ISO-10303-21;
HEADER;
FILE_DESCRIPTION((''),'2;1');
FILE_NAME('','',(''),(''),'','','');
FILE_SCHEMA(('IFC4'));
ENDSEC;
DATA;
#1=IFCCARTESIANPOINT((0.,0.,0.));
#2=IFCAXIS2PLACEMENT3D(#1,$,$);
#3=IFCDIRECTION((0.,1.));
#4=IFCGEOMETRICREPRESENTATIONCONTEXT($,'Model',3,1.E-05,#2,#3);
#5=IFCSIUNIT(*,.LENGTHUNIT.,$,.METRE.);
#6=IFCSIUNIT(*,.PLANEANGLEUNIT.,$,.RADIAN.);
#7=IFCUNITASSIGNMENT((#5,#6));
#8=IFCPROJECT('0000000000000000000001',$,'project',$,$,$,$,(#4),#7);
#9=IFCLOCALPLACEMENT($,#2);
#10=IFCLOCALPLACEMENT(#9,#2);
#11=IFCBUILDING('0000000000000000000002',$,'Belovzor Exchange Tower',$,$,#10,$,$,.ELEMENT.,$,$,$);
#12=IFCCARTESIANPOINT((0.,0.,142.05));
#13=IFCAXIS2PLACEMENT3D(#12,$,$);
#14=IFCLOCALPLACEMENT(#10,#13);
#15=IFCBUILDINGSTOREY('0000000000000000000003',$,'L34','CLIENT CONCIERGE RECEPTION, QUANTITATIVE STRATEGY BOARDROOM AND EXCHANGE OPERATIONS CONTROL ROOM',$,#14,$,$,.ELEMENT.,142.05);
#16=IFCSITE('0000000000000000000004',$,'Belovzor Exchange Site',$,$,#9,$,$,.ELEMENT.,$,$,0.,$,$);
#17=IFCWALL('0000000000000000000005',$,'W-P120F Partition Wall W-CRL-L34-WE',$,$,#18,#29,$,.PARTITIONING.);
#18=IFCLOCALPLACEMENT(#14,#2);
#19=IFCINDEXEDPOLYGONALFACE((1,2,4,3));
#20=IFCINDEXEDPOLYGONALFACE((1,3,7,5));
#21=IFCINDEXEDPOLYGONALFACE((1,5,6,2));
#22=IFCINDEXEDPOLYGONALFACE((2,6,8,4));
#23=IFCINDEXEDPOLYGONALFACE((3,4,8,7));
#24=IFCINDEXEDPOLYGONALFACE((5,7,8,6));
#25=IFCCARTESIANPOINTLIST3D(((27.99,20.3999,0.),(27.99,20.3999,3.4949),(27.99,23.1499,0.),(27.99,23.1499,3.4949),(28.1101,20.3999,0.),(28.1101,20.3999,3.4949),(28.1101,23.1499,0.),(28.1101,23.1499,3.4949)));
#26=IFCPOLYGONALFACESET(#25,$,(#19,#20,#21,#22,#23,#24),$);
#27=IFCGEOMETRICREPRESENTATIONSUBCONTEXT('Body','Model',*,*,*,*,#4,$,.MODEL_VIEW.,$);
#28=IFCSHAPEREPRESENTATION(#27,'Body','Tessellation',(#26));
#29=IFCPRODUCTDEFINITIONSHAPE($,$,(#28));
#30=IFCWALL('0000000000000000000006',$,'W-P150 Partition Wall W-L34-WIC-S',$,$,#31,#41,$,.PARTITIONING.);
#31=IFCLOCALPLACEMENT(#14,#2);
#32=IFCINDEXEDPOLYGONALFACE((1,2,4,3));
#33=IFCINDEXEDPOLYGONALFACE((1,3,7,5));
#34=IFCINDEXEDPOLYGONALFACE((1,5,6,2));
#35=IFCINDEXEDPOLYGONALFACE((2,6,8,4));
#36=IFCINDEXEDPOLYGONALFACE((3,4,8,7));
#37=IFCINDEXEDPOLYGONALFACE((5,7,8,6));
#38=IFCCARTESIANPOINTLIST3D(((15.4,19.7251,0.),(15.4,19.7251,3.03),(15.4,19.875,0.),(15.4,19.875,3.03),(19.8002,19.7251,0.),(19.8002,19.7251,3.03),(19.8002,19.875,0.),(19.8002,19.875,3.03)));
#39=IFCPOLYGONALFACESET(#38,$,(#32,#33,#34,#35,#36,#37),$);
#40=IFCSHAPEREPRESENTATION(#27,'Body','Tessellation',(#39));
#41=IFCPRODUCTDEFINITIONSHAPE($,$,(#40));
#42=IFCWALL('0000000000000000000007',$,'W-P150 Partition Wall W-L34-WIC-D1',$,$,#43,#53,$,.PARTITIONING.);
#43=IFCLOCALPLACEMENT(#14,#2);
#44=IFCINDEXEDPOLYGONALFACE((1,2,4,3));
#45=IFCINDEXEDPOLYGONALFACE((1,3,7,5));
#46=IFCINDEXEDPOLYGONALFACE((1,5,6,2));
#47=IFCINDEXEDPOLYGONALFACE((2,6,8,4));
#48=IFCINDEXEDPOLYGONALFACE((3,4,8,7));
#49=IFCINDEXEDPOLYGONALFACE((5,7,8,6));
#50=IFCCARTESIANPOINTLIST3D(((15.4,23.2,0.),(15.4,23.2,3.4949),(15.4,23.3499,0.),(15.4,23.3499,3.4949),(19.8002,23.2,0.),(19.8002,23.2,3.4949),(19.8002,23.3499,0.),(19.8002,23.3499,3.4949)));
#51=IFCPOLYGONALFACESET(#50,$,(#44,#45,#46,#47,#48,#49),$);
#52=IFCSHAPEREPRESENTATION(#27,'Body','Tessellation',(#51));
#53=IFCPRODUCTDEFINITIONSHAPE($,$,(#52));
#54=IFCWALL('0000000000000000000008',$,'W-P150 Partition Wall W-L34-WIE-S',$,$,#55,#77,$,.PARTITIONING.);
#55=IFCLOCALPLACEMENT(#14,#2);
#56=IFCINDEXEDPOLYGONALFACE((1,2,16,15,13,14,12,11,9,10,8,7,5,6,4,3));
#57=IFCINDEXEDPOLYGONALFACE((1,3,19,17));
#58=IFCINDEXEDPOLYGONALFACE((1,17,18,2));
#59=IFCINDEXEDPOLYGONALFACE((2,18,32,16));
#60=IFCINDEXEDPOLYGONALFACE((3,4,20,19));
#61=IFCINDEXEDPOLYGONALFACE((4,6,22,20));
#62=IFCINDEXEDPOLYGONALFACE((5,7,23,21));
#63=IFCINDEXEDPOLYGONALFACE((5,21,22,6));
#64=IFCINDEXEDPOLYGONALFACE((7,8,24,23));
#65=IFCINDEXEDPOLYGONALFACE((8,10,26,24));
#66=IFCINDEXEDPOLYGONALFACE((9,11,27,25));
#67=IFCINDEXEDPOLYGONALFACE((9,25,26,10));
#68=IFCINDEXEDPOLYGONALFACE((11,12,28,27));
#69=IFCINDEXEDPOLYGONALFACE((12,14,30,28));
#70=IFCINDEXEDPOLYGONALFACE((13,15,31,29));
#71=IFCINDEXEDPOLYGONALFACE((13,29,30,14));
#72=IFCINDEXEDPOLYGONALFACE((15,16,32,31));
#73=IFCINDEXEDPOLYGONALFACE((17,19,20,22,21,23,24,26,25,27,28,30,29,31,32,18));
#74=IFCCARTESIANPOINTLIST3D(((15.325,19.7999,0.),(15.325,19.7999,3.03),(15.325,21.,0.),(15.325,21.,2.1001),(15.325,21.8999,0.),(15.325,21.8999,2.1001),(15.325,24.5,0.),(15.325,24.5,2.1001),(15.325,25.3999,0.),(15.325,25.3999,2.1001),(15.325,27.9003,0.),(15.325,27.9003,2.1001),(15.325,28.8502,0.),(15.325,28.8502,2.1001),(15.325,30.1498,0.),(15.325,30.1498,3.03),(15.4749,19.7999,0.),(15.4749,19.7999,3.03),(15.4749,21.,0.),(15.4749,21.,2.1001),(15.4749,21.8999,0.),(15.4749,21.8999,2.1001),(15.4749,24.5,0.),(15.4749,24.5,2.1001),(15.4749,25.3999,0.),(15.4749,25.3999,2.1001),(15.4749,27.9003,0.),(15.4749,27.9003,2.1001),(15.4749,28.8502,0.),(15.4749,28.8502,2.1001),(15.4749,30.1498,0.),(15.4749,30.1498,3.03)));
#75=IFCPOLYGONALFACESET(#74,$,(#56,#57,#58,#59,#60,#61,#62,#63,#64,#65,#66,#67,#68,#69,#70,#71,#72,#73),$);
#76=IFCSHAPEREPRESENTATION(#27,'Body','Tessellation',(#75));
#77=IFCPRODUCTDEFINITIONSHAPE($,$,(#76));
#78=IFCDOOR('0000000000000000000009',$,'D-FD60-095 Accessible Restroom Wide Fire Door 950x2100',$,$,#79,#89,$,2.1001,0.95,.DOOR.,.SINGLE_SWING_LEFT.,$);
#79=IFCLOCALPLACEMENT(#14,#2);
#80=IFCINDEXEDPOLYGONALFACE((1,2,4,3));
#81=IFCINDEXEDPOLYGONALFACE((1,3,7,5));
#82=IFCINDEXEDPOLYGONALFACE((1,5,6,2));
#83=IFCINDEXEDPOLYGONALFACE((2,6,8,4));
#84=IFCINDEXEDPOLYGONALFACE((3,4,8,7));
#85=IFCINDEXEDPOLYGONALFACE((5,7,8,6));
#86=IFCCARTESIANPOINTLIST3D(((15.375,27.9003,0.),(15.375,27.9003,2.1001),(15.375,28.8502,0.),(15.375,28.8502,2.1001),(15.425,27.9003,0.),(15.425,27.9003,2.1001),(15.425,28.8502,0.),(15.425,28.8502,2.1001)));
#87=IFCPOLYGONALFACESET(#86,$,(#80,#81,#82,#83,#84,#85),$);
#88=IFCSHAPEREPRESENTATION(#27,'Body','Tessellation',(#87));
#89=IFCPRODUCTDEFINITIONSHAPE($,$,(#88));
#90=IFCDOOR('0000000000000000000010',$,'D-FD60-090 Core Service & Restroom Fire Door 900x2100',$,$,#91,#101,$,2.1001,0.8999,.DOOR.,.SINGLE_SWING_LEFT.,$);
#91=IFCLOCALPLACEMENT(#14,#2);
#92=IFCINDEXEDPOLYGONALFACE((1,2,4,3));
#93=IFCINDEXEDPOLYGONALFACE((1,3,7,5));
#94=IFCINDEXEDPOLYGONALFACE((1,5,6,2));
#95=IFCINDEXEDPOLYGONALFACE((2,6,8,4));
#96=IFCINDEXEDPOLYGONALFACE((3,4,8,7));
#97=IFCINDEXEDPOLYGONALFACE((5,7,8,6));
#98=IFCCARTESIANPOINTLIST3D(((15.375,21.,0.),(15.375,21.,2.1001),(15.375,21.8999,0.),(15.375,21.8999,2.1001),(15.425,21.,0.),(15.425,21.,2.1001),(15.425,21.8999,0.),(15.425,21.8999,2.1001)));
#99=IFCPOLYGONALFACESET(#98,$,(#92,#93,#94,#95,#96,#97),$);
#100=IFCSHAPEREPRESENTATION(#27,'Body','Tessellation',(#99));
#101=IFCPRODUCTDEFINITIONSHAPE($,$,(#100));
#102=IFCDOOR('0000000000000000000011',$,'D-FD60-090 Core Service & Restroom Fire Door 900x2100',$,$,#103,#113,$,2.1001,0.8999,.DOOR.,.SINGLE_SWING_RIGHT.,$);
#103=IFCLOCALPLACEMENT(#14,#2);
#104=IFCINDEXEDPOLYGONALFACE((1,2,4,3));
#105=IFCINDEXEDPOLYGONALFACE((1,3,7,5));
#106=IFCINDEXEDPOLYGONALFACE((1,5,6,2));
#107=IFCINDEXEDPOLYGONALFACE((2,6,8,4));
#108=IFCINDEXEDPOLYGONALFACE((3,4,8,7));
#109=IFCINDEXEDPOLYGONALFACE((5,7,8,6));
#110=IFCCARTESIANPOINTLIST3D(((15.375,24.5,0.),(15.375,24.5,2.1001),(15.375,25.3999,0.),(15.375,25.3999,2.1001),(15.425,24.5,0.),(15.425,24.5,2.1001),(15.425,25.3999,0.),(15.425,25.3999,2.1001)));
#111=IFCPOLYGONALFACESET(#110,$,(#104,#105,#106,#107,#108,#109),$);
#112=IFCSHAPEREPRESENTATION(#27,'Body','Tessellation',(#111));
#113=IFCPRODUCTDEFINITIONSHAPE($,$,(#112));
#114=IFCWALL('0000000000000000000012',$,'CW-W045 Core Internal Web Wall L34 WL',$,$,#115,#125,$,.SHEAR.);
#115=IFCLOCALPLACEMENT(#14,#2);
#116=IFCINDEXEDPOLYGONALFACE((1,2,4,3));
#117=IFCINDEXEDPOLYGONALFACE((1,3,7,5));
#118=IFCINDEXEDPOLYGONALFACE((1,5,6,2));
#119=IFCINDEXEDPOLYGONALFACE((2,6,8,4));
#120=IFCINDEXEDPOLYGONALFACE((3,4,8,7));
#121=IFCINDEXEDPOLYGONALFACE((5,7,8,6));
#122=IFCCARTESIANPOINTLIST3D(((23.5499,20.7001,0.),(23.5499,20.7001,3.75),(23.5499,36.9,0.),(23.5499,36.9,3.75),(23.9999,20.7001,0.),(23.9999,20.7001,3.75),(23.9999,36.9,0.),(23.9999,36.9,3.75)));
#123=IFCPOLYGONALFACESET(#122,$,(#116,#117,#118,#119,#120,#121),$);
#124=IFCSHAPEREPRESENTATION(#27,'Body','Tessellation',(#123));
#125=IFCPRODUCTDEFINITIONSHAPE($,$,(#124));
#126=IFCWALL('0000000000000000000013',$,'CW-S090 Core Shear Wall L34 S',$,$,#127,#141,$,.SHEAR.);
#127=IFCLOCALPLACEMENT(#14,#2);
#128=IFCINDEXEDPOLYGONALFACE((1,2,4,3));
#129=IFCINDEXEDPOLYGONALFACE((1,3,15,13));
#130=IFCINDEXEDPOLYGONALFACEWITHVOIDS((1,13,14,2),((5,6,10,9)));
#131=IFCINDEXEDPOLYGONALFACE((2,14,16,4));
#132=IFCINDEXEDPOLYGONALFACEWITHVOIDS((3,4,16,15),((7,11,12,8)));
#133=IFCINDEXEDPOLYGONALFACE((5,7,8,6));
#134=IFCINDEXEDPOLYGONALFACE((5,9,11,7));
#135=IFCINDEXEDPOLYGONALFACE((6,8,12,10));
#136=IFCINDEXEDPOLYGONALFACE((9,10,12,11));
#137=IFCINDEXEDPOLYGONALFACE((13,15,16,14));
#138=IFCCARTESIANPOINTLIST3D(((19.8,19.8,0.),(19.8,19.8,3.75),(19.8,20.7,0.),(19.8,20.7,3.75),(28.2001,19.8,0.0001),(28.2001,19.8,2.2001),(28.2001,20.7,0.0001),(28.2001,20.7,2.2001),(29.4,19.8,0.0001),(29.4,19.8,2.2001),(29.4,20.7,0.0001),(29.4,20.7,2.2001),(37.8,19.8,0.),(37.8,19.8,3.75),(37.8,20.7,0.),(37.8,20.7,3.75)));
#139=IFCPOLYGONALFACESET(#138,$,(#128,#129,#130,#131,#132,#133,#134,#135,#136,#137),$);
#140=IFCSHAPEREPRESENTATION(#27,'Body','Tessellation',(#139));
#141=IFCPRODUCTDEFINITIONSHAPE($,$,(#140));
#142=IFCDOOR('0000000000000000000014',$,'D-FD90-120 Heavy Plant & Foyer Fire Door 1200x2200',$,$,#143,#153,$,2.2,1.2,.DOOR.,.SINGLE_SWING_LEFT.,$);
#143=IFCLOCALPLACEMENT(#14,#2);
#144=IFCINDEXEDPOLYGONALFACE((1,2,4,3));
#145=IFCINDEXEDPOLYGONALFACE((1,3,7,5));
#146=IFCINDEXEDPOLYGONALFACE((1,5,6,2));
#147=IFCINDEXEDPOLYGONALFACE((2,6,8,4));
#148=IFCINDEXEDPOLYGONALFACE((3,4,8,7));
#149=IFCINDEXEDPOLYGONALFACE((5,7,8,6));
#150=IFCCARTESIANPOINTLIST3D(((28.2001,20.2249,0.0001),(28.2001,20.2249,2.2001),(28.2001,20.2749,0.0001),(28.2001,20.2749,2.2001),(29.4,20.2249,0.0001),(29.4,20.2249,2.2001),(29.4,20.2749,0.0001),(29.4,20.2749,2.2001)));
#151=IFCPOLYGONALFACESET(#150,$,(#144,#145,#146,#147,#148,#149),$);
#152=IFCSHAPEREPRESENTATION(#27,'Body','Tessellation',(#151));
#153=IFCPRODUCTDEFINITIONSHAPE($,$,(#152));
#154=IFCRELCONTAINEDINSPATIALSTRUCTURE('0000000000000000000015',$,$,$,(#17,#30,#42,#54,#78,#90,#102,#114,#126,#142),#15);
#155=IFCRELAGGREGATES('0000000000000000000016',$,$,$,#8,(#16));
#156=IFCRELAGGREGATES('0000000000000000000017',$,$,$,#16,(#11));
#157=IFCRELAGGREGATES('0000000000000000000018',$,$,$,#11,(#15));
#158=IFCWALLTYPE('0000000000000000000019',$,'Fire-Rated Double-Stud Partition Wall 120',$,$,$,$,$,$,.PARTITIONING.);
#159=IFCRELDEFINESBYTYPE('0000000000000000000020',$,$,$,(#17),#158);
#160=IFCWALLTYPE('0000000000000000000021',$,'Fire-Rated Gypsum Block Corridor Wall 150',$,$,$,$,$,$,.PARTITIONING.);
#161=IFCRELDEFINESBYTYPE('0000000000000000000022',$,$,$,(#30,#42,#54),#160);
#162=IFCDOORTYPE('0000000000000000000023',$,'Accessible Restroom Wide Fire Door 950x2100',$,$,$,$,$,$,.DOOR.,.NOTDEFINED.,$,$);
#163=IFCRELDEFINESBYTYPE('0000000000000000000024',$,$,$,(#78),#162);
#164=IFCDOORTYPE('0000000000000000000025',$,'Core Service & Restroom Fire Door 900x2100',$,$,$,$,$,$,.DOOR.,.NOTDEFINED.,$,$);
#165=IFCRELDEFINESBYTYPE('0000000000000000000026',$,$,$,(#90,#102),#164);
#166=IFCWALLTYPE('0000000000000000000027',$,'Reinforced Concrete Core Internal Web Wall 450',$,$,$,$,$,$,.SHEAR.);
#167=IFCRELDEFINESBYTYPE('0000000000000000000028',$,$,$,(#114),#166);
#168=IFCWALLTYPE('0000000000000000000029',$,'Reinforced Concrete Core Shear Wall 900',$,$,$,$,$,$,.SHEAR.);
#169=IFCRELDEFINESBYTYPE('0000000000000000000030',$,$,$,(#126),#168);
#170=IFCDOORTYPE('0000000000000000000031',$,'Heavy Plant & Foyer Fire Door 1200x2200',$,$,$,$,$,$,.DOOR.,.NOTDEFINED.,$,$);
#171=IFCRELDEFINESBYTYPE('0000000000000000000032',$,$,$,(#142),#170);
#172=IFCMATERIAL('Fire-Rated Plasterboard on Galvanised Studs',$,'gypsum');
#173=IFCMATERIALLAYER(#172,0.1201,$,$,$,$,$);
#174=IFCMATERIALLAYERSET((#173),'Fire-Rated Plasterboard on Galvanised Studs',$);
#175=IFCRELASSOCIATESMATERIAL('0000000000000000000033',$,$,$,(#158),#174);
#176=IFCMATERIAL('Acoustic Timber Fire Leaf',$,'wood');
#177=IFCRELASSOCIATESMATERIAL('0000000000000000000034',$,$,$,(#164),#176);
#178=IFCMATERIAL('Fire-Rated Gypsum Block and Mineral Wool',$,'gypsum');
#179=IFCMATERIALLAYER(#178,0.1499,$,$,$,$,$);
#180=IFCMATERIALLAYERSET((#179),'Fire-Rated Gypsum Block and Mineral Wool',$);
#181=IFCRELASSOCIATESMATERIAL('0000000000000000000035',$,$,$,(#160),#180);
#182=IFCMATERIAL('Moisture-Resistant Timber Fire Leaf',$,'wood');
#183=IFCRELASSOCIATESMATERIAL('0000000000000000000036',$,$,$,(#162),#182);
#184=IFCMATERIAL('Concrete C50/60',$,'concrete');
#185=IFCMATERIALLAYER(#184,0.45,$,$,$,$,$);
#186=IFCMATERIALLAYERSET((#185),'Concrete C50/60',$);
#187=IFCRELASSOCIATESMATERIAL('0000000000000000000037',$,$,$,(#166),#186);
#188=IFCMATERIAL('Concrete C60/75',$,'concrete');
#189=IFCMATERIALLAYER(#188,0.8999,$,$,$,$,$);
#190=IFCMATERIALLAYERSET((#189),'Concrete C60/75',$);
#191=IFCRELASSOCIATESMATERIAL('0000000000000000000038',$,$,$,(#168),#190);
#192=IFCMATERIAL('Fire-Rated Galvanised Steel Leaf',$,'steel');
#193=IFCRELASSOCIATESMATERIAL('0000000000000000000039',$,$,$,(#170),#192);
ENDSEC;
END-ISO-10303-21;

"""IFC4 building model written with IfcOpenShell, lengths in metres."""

from ifc_helpers import new_model, si_unit, direction, frame, frame_2d, origin, place, context, subcontext, project, spatial, rectangle, extrude, material, layer, layer_set, type_object, element, fill, save


model = new_model("IFC4")

# Units and contexts
model_context = context("Model", 3, precision=1e-05, world=origin(), true_north=direction((0.0, 1.0)))
body_context = subcontext(model_context, "Body", "Model", "MODEL_VIEW")
ifc_project = project(units=[si_unit("LENGTHUNIT", "METRE"), si_unit("PLANEANGLEUNIT", "RADIAN")], contexts=[model_context])

# Site, building, storey
site_placement = place(None, origin())
site = spatial("IfcSite", under=ifc_project, at=site_placement, Name="Belovzor Exchange Site", CompositionType="ELEMENT", RefElevation=0.0)
building_placement = place(site_placement, origin())
building = spatial("IfcBuilding", under=site, at=building_placement, Name="Belovzor Exchange Tower", CompositionType="ELEMENT")
storey_placement = place(building_placement, frame((0.0, 0.0, 142.05)))
storey = spatial("IfcBuildingStorey", under=building, at=storey_placement, Name="L34", Description="CLIENT CONCIERGE RECEPTION, QUANTITATIVE STRATEGY BOARDROOM AND EXCHANGE OPERATIONS CONTROL ROOM", CompositionType="ELEMENT", Elevation=142.05)

# Shared definitions
ifc_material_1 = material(Name="Fire-Rated Plasterboard on Galvanised Studs", Category="gypsum")
ifc_layer_1 = layer(ifc_material_1, 0.1201)
ifc_layer_set_1 = layer_set([ifc_layer_1], Name="Fire-Rated Plasterboard on Galvanised Studs")
wall_type_1 = type_object("IfcWallType", Name="Fire-Rated Double-Stud Partition Wall 120", PredefinedType="PARTITIONING", material=ifc_layer_set_1)
ifc_material_2 = material(Name="Acoustic Timber Fire Leaf", Category="wood")
door_type_1 = type_object("IfcDoorType", Name="Core Service & Restroom Fire Door 900x2100", OperationType="NOTDEFINED", PredefinedType="DOOR", material=ifc_material_2)

# Walls
wall_1_placement = place(storey_placement, frame((28.05, 20.3999, 0.0), z_axis=(0.0, 0.0, 1.0), x_axis=(0.0, 1.0, 0.0)))
element("IfcWall", 1, at=wall_1_placement, inside=storey, type_object=wall_type_1, Name="W-P120F Partition Wall W-CRL-L34-WE", PredefinedType="PARTITIONING", context=body_context, shape_type="SweptSolid", body=[
    extrude(rectangle(XDim=2.75, YDim=0.1201, at=frame_2d((1.375, 0.0))), origin(), (0.0, 0.0, 1.0), 3.4949),
])
ifc_material_3 = material(Name="Fire-Rated Gypsum Block and Mineral Wool", Category="gypsum")
ifc_layer_2 = layer(ifc_material_3, 0.1499)
ifc_layer_set_2 = layer_set([ifc_layer_2], Name="Fire-Rated Gypsum Block and Mineral Wool")
wall_type_2 = type_object("IfcWallType", Name="Fire-Rated Gypsum Block Corridor Wall 150", PredefinedType="PARTITIONING", material=ifc_layer_set_2)
wall_2_placement = place(storey_placement, frame((15.3999, 19.8, 0.0), z_axis=(0.0, 0.0, 1.0), x_axis=(1.0, 0.0, 0.0)))
element("IfcWall", 2, at=wall_2_placement, inside=storey, type_object=wall_type_2, Name="W-P150 Partition Wall W-L34-WIC-S", PredefinedType="PARTITIONING", context=body_context, shape_type="SweptSolid", body=[
    extrude(rectangle(XDim=4.4001, YDim=0.1499, at=frame_2d((2.2002, 0.0))), origin(), (0.0, 0.0, 1.0), 3.03),
])
wall_3_placement = place(storey_placement, frame((15.3999, 23.2749, 0.0), z_axis=(0.0, 0.0, 1.0), x_axis=(1.0, 0.0, 0.0)))
element("IfcWall", 3, at=wall_3_placement, inside=storey, type_object=wall_type_2, Name="W-P150 Partition Wall W-L34-WIC-D1", PredefinedType="PARTITIONING", context=body_context, shape_type="SweptSolid", body=[
    extrude(rectangle(XDim=4.4001, YDim=0.1499, at=frame_2d((2.2002, 0.0))), origin(), (0.0, 0.0, 1.0), 3.4949),
])

# Wall, openings, doors
wall_4_placement = place(storey_placement, frame((15.3999, 19.8, 0.0), z_axis=(0.0, 0.0, 1.0), x_axis=(0.0, 1.0, 0.0)))
wall_4 = element("IfcWall", 4, at=wall_4_placement, inside=storey, type_object=wall_type_2, Name="W-P150 Partition Wall W-L34-WIE-S", PredefinedType="PARTITIONING", context=body_context, shape_type="SweptSolid", body=[
    extrude(rectangle(XDim=10.3499, YDim=0.1499, at=frame_2d((5.1748, 0.0))), origin(), (0.0, 0.0, 1.0), 3.03),
])
opening_1_placement = place(wall_4_placement, frame((1.2, 0.0, 0.0)))
opening_1 = element("IfcOpeningElement", 5, at=opening_1_placement, cuts=wall_4, PredefinedType="OPENING", context=body_context, shape_type="SweptSolid", body=[
    extrude(rectangle(XDim=0.8999, YDim=2.1001, at=frame_2d((0.45, 1.05))), frame((0.0, 0.085, 0.0), z_axis=(0.0, -1.0, 0.0), x_axis=(1.0, 0.0, 0.0)), (0.0, 0.0, 1.0), 0.1699),
])
opening_2_placement = place(wall_4_placement, frame((4.7, 0.0, 0.0)))
opening_2 = element("IfcOpeningElement", 6, at=opening_2_placement, cuts=wall_4, PredefinedType="OPENING", context=body_context, shape_type="SweptSolid", body=[
    extrude(rectangle(XDim=0.8999, YDim=2.1001, at=frame_2d((0.45, 1.05))), frame((0.0, 0.085, 0.0), z_axis=(0.0, -1.0, 0.0), x_axis=(1.0, 0.0, 0.0)), (0.0, 0.0, 1.0), 0.1699),
])
opening_3_placement = place(wall_4_placement, frame((8.1001, 0.0, 0.0)))
opening_3 = element("IfcOpeningElement", 7, at=opening_3_placement, cuts=wall_4, PredefinedType="OPENING", context=body_context, shape_type="SweptSolid", body=[
    extrude(rectangle(XDim=0.95, YDim=2.1001, at=frame_2d((0.4751, 1.05))), frame((0.0, 0.085, 0.0), z_axis=(0.0, -1.0, 0.0), x_axis=(1.0, 0.0, 0.0)), (0.0, 0.0, 1.0), 0.1699),
])
ifc_material_4 = material(Name="Moisture-Resistant Timber Fire Leaf", Category="wood")
door_type_2 = type_object("IfcDoorType", Name="Accessible Restroom Wide Fire Door 950x2100", OperationType="NOTDEFINED", PredefinedType="DOOR", material=ifc_material_4)
door_1_placement = place(opening_3_placement, origin())
door_1 = element("IfcDoor", 8, at=door_1_placement, inside=storey, type_object=door_type_2, Name="D-FD60-095 Accessible Restroom Wide Fire Door 950x2100", OperationType="SINGLE_SWING_LEFT", OverallHeight=2.1001, OverallWidth=0.95, PredefinedType="DOOR", context=body_context, shape_type="SweptSolid", body=[
    extrude(rectangle(XDim=0.95, YDim=2.1001, at=frame_2d((0.4751, 1.05))), frame((0.0, 0.0249, 0.0), z_axis=(0.0, -1.0, 0.0), x_axis=(1.0, 0.0, 0.0)), (0.0, 0.0, 1.0), 0.05),
])
fill(opening_3, door_1)
door_2_placement = place(opening_1_placement, origin())
door_2 = element("IfcDoor", 9, at=door_2_placement, inside=storey, type_object=door_type_1, Name="D-FD60-090 Core Service & Restroom Fire Door 900x2100", OperationType="SINGLE_SWING_LEFT", OverallHeight=2.1001, OverallWidth=0.8999, PredefinedType="DOOR", context=body_context, shape_type="SweptSolid", body=[
    extrude(rectangle(XDim=0.8999, YDim=2.1001, at=frame_2d((0.45, 1.05))), frame((0.0, 0.0249, 0.0), z_axis=(0.0, -1.0, 0.0), x_axis=(1.0, 0.0, 0.0)), (0.0, 0.0, 1.0), 0.05),
])
fill(opening_1, door_2)
door_3_placement = place(opening_2_placement, origin())
door_3 = element("IfcDoor", 10, at=door_3_placement, inside=storey, type_object=door_type_1, Name="D-FD60-090 Core Service & Restroom Fire Door 900x2100", OperationType="SINGLE_SWING_RIGHT", OverallHeight=2.1001, OverallWidth=0.8999, PredefinedType="DOOR", context=body_context, shape_type="SweptSolid", body=[
    extrude(rectangle(XDim=0.8999, YDim=2.1001, at=frame_2d((0.45, 1.05))), frame((0.0, 0.0249, 0.0), z_axis=(0.0, -1.0, 0.0), x_axis=(1.0, 0.0, 0.0)), (0.0, 0.0, 1.0), 0.05),
])
fill(opening_2, door_3)

# Wall
ifc_material_5 = material(Name="Concrete C50/60", Category="concrete")
ifc_layer_3 = layer(ifc_material_5, 0.45)
ifc_layer_set_3 = layer_set([ifc_layer_3], Name="Concrete C50/60")
wall_type_3 = type_object("IfcWallType", Name="Reinforced Concrete Core Internal Web Wall 450", PredefinedType="SHEAR", material=ifc_layer_set_3)
wall_5_placement = place(storey_placement, frame((23.7749, 20.7, 0.0), z_axis=(0.0, 0.0, 1.0), x_axis=(0.0, 1.0, 0.0)))
element("IfcWall", 11, at=wall_5_placement, inside=storey, type_object=wall_type_3, Name="CW-W045 Core Internal Web Wall L34 WL", PredefinedType="SHEAR", context=body_context, shape_type="SweptSolid", body=[
    extrude(rectangle(XDim=16.2, YDim=0.45, at=frame_2d((8.1001, 0.0))), origin(), (0.0, 0.0, 1.0), 3.75),
])

# Wall, opening, door
ifc_material_6 = material(Name="Concrete C60/75", Category="concrete")
ifc_layer_4 = layer(ifc_material_6, 0.8999)
ifc_layer_set_4 = layer_set([ifc_layer_4], Name="Concrete C60/75")
wall_type_4 = type_object("IfcWallType", Name="Reinforced Concrete Core Shear Wall 900", PredefinedType="SHEAR", material=ifc_layer_set_4)
wall_6_placement = place(storey_placement, frame((19.8, 20.25, 0.0), z_axis=(0.0, 0.0, 1.0), x_axis=(1.0, 0.0, 0.0)))
wall_6 = element("IfcWall", 12, at=wall_6_placement, inside=storey, type_object=wall_type_4, Name="CW-S090 Core Shear Wall L34 S", PredefinedType="SHEAR", context=body_context, shape_type="SweptSolid", body=[
    extrude(rectangle(XDim=18.0, YDim=0.8999, at=frame_2d((9.0, 0.0))), origin(), (0.0, 0.0, 1.0), 3.75),
])
opening_4_placement = place(wall_6_placement, frame((8.3999, 0.0, 0.0)))
opening_4 = element("IfcOpeningElement", 13, at=opening_4_placement, cuts=wall_6, PredefinedType="OPENING", context=body_context, shape_type="SweptSolid", body=[
    extrude(rectangle(XDim=1.2, YDim=2.2, at=frame_2d((0.6001, 1.1001))), frame((0.0, 0.46, 0.0), z_axis=(0.0, -1.0, 0.0), x_axis=(1.0, 0.0, 0.0)), (0.0, 0.0, 1.0), 0.9199),
])
ifc_material_7 = material(Name="Fire-Rated Galvanised Steel Leaf", Category="steel")
door_type_3 = type_object("IfcDoorType", Name="Heavy Plant & Foyer Fire Door 1200x2200", OperationType="NOTDEFINED", PredefinedType="DOOR", material=ifc_material_7)
door_4_placement = place(opening_4_placement, origin())
door_4 = element("IfcDoor", 14, at=door_4_placement, inside=storey, type_object=door_type_3, Name="D-FD90-120 Heavy Plant & Foyer Fire Door 1200x2200", OperationType="SINGLE_SWING_LEFT", OverallHeight=2.2, OverallWidth=1.2, PredefinedType="DOOR", context=body_context, shape_type="SweptSolid", body=[
    extrude(rectangle(XDim=1.2, YDim=2.2, at=frame_2d((0.6001, 1.1001))), frame((0.0, 0.0249, 0.0), z_axis=(0.0, -1.0, 0.0), x_axis=(1.0, 0.0, 0.0)), (0.0, 0.0, 1.0), 0.05),
])
fill(opening_4, door_4)

save(model, "model.ifc")
